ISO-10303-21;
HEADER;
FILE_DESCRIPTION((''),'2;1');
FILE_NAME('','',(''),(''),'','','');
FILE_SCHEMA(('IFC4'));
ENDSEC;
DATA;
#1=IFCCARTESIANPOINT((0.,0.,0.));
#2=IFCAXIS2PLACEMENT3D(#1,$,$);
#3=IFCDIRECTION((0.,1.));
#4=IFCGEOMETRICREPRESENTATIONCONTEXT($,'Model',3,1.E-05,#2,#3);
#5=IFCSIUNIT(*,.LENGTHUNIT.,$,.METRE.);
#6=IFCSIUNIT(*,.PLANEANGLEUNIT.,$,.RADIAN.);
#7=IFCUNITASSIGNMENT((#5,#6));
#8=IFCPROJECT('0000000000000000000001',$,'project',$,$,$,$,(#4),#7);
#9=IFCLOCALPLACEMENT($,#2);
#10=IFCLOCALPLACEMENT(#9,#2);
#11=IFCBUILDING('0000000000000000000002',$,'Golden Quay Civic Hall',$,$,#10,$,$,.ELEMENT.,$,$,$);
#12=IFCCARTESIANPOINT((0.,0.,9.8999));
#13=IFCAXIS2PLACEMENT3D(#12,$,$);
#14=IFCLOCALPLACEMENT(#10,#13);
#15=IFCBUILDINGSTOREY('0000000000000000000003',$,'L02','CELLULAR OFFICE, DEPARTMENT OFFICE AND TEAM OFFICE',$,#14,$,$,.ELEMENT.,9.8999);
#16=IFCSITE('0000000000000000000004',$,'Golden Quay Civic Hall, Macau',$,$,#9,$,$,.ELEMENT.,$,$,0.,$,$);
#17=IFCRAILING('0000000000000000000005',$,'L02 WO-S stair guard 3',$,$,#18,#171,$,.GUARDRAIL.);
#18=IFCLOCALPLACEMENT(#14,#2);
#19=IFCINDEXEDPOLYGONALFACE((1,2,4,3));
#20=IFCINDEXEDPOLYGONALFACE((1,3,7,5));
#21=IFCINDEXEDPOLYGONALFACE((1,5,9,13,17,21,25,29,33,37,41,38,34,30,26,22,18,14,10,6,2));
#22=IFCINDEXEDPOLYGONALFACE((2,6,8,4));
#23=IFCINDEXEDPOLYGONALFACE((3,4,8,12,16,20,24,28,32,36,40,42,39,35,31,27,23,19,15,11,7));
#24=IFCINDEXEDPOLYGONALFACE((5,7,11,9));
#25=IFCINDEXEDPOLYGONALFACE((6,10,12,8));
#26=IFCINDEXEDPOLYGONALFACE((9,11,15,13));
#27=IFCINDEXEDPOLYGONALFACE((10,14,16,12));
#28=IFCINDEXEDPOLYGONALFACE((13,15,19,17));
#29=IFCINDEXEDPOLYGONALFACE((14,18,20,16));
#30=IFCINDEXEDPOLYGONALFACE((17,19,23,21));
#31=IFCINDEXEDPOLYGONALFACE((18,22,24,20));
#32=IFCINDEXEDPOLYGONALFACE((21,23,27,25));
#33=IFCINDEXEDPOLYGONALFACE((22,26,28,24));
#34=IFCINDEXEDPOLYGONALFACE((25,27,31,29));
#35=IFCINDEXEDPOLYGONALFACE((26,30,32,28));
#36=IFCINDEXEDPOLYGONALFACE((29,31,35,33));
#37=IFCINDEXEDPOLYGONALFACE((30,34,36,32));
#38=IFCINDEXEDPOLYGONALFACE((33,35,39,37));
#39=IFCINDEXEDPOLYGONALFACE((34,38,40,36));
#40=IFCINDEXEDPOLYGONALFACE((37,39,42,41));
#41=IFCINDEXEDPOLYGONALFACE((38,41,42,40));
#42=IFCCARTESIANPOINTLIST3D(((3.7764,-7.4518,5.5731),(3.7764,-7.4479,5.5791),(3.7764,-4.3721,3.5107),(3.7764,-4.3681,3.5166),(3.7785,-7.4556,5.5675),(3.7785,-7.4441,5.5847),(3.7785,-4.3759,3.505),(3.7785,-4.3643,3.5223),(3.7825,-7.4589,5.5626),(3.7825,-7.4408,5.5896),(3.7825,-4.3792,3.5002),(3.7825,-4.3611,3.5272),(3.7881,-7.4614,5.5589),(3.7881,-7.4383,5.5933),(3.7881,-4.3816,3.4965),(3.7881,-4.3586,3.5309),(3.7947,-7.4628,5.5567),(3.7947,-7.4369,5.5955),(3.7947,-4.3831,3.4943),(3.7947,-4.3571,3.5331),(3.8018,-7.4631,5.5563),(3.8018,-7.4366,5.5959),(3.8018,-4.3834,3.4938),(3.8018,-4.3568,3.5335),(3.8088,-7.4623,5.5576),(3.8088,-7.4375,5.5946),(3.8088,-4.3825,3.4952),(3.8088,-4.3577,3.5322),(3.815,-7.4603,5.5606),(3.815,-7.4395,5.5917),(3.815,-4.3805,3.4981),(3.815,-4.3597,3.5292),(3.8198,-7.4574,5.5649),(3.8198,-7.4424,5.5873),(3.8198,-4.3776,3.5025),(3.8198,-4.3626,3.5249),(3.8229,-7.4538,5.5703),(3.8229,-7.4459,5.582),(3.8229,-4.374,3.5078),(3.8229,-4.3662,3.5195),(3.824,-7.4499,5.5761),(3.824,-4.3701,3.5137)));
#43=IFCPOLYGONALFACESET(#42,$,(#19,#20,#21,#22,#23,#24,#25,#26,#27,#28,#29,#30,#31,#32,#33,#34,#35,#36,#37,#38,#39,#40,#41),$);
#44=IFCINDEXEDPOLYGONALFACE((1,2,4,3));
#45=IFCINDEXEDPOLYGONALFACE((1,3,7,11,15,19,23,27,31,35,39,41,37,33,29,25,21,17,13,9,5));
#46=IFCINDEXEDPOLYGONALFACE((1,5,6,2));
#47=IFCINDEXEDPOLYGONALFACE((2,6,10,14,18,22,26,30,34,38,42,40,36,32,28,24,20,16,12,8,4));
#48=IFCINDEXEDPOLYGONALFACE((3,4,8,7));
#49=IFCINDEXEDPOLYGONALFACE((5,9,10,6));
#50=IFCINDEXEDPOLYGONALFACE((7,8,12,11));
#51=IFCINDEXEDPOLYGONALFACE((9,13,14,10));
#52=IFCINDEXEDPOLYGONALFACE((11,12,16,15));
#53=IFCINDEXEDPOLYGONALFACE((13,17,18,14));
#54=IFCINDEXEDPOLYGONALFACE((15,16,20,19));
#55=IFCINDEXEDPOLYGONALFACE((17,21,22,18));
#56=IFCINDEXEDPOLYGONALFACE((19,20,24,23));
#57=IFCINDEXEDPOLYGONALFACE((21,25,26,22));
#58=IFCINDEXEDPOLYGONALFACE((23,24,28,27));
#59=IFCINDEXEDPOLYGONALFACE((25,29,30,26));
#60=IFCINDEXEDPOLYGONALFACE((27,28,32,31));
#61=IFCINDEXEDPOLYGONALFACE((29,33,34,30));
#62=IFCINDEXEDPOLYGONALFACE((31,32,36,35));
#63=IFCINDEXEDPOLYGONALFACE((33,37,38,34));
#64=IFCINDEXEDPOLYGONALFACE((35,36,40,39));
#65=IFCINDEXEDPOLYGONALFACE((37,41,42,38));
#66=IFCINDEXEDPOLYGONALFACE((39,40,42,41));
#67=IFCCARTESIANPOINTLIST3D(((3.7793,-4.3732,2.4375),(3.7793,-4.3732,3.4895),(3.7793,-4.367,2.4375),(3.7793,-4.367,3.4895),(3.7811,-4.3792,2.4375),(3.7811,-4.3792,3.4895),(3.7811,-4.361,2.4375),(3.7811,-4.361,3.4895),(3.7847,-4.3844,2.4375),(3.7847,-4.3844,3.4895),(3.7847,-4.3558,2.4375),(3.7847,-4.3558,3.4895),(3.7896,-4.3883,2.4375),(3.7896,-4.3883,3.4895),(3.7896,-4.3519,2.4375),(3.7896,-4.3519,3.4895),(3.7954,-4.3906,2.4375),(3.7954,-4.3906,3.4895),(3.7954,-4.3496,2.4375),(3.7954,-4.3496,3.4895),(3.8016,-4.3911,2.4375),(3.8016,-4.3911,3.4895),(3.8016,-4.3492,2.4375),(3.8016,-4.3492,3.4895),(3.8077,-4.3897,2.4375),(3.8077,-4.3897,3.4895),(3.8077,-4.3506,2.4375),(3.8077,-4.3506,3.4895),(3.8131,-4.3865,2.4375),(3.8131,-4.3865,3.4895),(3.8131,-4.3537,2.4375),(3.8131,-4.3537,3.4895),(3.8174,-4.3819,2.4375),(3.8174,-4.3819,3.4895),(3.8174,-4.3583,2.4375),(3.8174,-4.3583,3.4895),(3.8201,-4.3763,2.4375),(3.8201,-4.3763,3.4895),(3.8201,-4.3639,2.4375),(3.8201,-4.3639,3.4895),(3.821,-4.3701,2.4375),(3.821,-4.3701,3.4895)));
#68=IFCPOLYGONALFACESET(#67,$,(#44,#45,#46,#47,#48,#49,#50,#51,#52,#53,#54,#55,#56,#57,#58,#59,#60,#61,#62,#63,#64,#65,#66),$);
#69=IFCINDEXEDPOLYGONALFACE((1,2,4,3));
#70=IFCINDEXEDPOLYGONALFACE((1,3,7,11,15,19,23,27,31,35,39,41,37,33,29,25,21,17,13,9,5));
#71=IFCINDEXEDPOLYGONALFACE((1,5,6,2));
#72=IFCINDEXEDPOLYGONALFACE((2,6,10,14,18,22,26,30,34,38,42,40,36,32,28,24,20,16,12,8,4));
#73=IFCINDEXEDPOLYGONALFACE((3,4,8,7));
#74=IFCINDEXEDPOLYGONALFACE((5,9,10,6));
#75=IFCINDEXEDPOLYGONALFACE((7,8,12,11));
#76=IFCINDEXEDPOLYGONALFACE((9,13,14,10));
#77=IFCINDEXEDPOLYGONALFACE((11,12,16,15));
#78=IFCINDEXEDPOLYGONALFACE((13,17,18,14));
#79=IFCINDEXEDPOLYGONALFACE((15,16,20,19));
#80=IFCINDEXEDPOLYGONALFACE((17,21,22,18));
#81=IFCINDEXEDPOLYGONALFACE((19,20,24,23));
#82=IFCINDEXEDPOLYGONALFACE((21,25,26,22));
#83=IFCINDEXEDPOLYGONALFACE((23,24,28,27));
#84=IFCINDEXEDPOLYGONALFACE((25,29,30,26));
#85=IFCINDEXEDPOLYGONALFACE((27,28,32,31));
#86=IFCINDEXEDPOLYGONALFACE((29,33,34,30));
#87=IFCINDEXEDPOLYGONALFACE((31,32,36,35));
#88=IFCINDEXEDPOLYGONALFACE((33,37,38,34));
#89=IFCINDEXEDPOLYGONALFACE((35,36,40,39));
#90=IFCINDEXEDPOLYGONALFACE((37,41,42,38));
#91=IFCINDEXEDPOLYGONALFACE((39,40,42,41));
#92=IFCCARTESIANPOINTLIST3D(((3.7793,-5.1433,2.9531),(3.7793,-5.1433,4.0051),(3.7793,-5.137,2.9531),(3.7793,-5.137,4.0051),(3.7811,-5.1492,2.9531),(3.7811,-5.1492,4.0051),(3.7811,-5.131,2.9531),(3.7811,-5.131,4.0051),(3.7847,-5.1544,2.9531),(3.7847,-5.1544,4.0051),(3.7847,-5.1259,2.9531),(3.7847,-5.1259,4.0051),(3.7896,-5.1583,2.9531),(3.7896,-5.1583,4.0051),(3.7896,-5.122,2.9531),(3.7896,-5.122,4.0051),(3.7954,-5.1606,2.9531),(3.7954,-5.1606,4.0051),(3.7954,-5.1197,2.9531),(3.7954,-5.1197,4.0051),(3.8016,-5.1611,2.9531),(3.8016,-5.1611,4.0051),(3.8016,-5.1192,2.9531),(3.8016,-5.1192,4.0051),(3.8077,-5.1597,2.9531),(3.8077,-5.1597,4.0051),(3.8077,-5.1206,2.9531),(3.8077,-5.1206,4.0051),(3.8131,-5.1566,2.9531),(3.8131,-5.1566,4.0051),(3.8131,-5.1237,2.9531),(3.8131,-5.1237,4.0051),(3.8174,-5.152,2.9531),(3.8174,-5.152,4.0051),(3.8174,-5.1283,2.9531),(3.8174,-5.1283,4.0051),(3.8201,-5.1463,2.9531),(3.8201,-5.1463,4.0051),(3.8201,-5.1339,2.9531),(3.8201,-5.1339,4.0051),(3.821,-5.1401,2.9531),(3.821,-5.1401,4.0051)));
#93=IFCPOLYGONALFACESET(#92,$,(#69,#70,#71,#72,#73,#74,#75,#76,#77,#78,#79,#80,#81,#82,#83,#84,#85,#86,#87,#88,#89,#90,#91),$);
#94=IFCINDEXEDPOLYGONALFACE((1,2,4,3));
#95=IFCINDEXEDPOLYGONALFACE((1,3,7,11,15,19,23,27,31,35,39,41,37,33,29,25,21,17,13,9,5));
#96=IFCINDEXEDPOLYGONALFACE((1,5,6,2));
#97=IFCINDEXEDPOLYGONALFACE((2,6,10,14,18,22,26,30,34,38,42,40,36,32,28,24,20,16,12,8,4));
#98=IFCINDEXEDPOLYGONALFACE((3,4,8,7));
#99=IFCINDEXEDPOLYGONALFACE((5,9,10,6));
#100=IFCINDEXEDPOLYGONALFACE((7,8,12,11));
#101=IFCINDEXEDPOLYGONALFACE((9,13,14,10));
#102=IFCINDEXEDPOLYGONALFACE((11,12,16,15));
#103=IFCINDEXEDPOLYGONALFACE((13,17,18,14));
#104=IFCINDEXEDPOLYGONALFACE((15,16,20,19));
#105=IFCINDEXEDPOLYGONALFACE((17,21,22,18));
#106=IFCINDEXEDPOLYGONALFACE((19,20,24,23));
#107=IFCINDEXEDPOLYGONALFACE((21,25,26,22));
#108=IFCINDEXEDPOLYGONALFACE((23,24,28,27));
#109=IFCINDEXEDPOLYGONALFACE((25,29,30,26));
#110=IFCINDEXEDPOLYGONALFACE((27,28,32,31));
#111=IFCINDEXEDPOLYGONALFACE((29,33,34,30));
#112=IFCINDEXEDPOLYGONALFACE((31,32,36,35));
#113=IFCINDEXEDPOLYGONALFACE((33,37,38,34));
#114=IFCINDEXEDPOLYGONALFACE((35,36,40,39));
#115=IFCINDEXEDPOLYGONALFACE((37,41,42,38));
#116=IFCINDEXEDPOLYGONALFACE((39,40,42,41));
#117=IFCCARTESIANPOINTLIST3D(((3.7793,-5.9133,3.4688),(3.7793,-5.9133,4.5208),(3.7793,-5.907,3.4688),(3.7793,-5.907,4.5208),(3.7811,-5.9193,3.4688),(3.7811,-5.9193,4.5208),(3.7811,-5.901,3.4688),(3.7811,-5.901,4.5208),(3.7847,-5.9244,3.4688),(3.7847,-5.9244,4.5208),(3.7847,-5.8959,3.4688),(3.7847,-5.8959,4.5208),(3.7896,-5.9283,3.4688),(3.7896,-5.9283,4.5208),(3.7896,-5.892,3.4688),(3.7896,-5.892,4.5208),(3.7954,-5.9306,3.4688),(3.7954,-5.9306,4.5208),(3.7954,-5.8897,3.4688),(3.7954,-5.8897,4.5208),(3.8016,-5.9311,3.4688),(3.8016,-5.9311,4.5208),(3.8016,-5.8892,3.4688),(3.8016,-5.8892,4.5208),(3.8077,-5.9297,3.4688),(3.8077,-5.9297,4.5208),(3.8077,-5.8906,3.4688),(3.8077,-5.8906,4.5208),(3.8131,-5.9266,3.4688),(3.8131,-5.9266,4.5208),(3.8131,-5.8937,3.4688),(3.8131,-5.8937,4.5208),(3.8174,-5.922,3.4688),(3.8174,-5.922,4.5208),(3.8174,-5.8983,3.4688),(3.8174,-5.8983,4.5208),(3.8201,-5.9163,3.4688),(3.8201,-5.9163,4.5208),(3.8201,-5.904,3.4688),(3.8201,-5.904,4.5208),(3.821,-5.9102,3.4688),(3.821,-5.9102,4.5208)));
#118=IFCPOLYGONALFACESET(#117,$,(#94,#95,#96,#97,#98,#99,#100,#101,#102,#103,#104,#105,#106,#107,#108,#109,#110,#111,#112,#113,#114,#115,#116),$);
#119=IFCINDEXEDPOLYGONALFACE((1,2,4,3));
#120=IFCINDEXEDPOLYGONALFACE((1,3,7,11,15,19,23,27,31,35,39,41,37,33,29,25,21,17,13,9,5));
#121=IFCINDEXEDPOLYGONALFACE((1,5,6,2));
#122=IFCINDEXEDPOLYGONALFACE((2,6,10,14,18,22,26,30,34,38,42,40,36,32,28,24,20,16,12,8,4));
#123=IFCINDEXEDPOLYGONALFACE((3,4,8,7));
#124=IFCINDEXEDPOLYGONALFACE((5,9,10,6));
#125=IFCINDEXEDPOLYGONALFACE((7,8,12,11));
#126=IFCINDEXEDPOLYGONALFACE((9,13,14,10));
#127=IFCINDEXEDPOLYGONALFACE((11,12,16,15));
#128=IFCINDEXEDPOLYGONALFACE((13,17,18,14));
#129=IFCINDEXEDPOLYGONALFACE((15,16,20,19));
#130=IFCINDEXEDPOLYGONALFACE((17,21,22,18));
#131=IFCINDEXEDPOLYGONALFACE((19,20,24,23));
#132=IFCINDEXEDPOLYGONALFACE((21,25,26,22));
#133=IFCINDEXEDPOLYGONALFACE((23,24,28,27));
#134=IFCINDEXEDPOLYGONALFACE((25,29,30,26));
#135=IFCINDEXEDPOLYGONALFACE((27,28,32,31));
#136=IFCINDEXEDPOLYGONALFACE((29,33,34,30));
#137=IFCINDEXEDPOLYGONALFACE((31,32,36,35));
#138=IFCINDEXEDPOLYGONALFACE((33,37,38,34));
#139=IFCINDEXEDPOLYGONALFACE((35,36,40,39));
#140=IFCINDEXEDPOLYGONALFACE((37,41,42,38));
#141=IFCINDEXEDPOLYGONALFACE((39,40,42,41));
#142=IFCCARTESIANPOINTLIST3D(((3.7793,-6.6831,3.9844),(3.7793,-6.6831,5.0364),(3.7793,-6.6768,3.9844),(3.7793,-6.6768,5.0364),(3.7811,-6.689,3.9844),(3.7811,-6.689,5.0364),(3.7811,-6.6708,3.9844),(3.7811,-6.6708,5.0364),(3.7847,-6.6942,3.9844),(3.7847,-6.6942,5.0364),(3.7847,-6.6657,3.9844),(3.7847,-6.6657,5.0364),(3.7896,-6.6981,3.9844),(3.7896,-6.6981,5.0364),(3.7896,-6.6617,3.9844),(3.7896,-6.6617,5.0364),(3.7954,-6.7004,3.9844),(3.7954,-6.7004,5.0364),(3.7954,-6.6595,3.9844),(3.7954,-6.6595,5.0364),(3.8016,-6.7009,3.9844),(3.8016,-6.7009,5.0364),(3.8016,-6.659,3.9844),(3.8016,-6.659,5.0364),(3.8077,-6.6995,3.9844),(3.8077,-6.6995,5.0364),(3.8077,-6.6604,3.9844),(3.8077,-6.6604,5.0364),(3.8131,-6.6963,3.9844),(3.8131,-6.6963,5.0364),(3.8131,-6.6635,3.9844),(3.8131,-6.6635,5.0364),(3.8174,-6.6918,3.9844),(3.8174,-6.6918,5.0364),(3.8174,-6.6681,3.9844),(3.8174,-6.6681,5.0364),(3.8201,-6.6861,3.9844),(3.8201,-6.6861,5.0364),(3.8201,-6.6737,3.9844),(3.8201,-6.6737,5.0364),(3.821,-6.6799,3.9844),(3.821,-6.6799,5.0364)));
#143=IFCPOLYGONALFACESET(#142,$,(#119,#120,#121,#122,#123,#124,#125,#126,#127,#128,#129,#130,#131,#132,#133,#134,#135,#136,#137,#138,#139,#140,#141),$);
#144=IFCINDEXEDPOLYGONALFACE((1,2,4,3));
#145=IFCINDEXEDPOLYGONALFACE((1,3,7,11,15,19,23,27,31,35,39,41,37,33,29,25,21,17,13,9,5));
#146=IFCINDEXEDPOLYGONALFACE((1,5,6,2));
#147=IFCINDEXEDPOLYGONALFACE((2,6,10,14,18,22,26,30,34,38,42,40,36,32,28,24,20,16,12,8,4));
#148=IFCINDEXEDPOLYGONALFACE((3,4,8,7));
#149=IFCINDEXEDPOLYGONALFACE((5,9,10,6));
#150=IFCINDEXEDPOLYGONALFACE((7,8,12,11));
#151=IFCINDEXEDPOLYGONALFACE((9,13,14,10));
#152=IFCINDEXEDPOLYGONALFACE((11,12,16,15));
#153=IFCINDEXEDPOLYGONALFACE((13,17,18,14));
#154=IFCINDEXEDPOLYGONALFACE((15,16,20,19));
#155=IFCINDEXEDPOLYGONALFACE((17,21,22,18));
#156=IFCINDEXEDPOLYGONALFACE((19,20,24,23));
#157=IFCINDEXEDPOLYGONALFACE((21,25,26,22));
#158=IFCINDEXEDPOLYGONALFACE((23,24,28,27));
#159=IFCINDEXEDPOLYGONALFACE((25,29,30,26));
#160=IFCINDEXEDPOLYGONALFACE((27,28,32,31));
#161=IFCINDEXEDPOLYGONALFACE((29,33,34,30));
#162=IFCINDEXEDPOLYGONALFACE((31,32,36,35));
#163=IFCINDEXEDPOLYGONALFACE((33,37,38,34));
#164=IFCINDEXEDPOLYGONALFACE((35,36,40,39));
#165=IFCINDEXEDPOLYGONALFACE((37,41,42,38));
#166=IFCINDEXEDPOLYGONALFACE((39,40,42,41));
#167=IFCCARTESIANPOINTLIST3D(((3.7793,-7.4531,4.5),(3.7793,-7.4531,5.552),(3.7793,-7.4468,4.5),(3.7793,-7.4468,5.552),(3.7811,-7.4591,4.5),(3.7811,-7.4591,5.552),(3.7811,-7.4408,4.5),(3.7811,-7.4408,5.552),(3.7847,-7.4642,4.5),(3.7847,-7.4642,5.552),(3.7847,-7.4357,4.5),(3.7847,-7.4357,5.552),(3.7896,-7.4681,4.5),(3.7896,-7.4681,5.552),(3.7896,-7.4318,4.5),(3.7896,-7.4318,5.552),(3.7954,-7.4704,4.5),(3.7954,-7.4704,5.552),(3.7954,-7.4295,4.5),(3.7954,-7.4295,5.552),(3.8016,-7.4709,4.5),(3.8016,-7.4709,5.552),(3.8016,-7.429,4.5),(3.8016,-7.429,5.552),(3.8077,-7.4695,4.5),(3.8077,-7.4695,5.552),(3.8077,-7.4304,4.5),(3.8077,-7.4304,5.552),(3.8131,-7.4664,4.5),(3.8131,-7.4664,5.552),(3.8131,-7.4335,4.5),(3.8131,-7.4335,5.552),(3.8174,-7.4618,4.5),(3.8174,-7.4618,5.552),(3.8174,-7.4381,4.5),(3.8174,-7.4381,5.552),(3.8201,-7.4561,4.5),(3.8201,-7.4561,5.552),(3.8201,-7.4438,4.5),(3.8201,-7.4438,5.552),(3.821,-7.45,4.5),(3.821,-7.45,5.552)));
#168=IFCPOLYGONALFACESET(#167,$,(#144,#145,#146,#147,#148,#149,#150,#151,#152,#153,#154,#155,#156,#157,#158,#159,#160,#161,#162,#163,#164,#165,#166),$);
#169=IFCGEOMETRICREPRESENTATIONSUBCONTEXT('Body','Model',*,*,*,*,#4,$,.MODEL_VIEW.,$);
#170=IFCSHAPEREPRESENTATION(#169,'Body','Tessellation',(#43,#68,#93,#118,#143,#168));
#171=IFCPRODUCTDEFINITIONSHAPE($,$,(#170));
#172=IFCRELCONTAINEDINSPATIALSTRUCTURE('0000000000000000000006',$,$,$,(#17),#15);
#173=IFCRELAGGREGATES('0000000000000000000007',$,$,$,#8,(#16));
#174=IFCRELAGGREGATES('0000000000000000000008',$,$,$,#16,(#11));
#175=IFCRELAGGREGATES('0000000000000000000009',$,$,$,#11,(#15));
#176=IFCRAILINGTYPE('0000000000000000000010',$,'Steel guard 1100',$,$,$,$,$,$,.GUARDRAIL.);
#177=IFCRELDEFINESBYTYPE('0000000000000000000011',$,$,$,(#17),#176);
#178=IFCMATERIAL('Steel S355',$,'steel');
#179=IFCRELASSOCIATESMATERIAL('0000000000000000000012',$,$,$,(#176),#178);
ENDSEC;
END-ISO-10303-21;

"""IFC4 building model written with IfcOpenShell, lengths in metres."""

from ifc_helpers import new_model, si_unit, direction, frame, origin, origin_2d, place, context, subcontext, project, spatial, circle, extrude, material, type_object, element, save


model = new_model("IFC4")

# Units and contexts
model_context = context("Model", 3, precision=1e-05, world=origin(), true_north=direction((0.0, 1.0)))
body_context = subcontext(model_context, "Body", "Model", "MODEL_VIEW")
ifc_project = project(units=[si_unit("LENGTHUNIT", "METRE"), si_unit("PLANEANGLEUNIT", "RADIAN")], contexts=[model_context])

# Site, building, storey
site_placement = place(None, origin())
site = spatial("IfcSite", under=ifc_project, at=site_placement, Name="Golden Quay Civic Hall, Macau", CompositionType="ELEMENT", RefElevation=0.0)
building_placement = place(site_placement, origin())
building = spatial("IfcBuilding", under=site, at=building_placement, Name="Golden Quay Civic Hall", CompositionType="ELEMENT")
storey_placement = place(building_placement, frame((0.0, 0.0, 9.8999)))
storey = spatial("IfcBuildingStorey", under=building, at=storey_placement, Name="L02", Description="CELLULAR OFFICE, DEPARTMENT OFFICE AND TEAM OFFICE", CompositionType="ELEMENT", Elevation=9.8999)

# Railing
ifc_material_1 = material(Name="Steel S355", Category="steel")
railing_type_1 = type_object("IfcRailingType", Name="Steel guard 1100", PredefinedType="GUARDRAIL", material=ifc_material_1)
railing_1_placement = place(storey_placement, frame((3.8, -4.3701, 2.4375)))
element("IfcRailing", 1, at=railing_1_placement, inside=storey, type_object=railing_type_1, Name="L02 WO-S stair guard 3", PredefinedType="GUARDRAIL", context=body_context, shape_type="SweptSolid", body=[
    extrude(circle(Radius=0.0239, at=origin_2d()), frame((0.0, 0.0, 1.0762), z_axis=(0.0, -0.830893, 0.556432), x_axis=(1.0, 0.0, 0.0)), (0.0, 0.0, 1.0), 3.7065),
    extrude(circle(Radius=0.021, at=origin_2d()), origin(), (0.0, 0.0, 1.0), 1.052),
    extrude(circle(Radius=0.021, at=origin_2d()), frame((0.0, -0.77, 0.5156)), (0.0, 0.0, 1.0), 1.052),
    extrude(circle(Radius=0.021, at=origin_2d()), frame((0.0, -1.54, 1.0312)), (0.0, 0.0, 1.0), 1.052),
    extrude(circle(Radius=0.021, at=origin_2d()), frame((0.0, -2.3098, 1.5469)), (0.0, 0.0, 1.0), 1.052),
    extrude(circle(Radius=0.021, at=origin_2d()), frame((0.0, -3.0798, 2.0625)), (0.0, 0.0, 1.0), 1.052),
])

save(model, "model.ifc")
